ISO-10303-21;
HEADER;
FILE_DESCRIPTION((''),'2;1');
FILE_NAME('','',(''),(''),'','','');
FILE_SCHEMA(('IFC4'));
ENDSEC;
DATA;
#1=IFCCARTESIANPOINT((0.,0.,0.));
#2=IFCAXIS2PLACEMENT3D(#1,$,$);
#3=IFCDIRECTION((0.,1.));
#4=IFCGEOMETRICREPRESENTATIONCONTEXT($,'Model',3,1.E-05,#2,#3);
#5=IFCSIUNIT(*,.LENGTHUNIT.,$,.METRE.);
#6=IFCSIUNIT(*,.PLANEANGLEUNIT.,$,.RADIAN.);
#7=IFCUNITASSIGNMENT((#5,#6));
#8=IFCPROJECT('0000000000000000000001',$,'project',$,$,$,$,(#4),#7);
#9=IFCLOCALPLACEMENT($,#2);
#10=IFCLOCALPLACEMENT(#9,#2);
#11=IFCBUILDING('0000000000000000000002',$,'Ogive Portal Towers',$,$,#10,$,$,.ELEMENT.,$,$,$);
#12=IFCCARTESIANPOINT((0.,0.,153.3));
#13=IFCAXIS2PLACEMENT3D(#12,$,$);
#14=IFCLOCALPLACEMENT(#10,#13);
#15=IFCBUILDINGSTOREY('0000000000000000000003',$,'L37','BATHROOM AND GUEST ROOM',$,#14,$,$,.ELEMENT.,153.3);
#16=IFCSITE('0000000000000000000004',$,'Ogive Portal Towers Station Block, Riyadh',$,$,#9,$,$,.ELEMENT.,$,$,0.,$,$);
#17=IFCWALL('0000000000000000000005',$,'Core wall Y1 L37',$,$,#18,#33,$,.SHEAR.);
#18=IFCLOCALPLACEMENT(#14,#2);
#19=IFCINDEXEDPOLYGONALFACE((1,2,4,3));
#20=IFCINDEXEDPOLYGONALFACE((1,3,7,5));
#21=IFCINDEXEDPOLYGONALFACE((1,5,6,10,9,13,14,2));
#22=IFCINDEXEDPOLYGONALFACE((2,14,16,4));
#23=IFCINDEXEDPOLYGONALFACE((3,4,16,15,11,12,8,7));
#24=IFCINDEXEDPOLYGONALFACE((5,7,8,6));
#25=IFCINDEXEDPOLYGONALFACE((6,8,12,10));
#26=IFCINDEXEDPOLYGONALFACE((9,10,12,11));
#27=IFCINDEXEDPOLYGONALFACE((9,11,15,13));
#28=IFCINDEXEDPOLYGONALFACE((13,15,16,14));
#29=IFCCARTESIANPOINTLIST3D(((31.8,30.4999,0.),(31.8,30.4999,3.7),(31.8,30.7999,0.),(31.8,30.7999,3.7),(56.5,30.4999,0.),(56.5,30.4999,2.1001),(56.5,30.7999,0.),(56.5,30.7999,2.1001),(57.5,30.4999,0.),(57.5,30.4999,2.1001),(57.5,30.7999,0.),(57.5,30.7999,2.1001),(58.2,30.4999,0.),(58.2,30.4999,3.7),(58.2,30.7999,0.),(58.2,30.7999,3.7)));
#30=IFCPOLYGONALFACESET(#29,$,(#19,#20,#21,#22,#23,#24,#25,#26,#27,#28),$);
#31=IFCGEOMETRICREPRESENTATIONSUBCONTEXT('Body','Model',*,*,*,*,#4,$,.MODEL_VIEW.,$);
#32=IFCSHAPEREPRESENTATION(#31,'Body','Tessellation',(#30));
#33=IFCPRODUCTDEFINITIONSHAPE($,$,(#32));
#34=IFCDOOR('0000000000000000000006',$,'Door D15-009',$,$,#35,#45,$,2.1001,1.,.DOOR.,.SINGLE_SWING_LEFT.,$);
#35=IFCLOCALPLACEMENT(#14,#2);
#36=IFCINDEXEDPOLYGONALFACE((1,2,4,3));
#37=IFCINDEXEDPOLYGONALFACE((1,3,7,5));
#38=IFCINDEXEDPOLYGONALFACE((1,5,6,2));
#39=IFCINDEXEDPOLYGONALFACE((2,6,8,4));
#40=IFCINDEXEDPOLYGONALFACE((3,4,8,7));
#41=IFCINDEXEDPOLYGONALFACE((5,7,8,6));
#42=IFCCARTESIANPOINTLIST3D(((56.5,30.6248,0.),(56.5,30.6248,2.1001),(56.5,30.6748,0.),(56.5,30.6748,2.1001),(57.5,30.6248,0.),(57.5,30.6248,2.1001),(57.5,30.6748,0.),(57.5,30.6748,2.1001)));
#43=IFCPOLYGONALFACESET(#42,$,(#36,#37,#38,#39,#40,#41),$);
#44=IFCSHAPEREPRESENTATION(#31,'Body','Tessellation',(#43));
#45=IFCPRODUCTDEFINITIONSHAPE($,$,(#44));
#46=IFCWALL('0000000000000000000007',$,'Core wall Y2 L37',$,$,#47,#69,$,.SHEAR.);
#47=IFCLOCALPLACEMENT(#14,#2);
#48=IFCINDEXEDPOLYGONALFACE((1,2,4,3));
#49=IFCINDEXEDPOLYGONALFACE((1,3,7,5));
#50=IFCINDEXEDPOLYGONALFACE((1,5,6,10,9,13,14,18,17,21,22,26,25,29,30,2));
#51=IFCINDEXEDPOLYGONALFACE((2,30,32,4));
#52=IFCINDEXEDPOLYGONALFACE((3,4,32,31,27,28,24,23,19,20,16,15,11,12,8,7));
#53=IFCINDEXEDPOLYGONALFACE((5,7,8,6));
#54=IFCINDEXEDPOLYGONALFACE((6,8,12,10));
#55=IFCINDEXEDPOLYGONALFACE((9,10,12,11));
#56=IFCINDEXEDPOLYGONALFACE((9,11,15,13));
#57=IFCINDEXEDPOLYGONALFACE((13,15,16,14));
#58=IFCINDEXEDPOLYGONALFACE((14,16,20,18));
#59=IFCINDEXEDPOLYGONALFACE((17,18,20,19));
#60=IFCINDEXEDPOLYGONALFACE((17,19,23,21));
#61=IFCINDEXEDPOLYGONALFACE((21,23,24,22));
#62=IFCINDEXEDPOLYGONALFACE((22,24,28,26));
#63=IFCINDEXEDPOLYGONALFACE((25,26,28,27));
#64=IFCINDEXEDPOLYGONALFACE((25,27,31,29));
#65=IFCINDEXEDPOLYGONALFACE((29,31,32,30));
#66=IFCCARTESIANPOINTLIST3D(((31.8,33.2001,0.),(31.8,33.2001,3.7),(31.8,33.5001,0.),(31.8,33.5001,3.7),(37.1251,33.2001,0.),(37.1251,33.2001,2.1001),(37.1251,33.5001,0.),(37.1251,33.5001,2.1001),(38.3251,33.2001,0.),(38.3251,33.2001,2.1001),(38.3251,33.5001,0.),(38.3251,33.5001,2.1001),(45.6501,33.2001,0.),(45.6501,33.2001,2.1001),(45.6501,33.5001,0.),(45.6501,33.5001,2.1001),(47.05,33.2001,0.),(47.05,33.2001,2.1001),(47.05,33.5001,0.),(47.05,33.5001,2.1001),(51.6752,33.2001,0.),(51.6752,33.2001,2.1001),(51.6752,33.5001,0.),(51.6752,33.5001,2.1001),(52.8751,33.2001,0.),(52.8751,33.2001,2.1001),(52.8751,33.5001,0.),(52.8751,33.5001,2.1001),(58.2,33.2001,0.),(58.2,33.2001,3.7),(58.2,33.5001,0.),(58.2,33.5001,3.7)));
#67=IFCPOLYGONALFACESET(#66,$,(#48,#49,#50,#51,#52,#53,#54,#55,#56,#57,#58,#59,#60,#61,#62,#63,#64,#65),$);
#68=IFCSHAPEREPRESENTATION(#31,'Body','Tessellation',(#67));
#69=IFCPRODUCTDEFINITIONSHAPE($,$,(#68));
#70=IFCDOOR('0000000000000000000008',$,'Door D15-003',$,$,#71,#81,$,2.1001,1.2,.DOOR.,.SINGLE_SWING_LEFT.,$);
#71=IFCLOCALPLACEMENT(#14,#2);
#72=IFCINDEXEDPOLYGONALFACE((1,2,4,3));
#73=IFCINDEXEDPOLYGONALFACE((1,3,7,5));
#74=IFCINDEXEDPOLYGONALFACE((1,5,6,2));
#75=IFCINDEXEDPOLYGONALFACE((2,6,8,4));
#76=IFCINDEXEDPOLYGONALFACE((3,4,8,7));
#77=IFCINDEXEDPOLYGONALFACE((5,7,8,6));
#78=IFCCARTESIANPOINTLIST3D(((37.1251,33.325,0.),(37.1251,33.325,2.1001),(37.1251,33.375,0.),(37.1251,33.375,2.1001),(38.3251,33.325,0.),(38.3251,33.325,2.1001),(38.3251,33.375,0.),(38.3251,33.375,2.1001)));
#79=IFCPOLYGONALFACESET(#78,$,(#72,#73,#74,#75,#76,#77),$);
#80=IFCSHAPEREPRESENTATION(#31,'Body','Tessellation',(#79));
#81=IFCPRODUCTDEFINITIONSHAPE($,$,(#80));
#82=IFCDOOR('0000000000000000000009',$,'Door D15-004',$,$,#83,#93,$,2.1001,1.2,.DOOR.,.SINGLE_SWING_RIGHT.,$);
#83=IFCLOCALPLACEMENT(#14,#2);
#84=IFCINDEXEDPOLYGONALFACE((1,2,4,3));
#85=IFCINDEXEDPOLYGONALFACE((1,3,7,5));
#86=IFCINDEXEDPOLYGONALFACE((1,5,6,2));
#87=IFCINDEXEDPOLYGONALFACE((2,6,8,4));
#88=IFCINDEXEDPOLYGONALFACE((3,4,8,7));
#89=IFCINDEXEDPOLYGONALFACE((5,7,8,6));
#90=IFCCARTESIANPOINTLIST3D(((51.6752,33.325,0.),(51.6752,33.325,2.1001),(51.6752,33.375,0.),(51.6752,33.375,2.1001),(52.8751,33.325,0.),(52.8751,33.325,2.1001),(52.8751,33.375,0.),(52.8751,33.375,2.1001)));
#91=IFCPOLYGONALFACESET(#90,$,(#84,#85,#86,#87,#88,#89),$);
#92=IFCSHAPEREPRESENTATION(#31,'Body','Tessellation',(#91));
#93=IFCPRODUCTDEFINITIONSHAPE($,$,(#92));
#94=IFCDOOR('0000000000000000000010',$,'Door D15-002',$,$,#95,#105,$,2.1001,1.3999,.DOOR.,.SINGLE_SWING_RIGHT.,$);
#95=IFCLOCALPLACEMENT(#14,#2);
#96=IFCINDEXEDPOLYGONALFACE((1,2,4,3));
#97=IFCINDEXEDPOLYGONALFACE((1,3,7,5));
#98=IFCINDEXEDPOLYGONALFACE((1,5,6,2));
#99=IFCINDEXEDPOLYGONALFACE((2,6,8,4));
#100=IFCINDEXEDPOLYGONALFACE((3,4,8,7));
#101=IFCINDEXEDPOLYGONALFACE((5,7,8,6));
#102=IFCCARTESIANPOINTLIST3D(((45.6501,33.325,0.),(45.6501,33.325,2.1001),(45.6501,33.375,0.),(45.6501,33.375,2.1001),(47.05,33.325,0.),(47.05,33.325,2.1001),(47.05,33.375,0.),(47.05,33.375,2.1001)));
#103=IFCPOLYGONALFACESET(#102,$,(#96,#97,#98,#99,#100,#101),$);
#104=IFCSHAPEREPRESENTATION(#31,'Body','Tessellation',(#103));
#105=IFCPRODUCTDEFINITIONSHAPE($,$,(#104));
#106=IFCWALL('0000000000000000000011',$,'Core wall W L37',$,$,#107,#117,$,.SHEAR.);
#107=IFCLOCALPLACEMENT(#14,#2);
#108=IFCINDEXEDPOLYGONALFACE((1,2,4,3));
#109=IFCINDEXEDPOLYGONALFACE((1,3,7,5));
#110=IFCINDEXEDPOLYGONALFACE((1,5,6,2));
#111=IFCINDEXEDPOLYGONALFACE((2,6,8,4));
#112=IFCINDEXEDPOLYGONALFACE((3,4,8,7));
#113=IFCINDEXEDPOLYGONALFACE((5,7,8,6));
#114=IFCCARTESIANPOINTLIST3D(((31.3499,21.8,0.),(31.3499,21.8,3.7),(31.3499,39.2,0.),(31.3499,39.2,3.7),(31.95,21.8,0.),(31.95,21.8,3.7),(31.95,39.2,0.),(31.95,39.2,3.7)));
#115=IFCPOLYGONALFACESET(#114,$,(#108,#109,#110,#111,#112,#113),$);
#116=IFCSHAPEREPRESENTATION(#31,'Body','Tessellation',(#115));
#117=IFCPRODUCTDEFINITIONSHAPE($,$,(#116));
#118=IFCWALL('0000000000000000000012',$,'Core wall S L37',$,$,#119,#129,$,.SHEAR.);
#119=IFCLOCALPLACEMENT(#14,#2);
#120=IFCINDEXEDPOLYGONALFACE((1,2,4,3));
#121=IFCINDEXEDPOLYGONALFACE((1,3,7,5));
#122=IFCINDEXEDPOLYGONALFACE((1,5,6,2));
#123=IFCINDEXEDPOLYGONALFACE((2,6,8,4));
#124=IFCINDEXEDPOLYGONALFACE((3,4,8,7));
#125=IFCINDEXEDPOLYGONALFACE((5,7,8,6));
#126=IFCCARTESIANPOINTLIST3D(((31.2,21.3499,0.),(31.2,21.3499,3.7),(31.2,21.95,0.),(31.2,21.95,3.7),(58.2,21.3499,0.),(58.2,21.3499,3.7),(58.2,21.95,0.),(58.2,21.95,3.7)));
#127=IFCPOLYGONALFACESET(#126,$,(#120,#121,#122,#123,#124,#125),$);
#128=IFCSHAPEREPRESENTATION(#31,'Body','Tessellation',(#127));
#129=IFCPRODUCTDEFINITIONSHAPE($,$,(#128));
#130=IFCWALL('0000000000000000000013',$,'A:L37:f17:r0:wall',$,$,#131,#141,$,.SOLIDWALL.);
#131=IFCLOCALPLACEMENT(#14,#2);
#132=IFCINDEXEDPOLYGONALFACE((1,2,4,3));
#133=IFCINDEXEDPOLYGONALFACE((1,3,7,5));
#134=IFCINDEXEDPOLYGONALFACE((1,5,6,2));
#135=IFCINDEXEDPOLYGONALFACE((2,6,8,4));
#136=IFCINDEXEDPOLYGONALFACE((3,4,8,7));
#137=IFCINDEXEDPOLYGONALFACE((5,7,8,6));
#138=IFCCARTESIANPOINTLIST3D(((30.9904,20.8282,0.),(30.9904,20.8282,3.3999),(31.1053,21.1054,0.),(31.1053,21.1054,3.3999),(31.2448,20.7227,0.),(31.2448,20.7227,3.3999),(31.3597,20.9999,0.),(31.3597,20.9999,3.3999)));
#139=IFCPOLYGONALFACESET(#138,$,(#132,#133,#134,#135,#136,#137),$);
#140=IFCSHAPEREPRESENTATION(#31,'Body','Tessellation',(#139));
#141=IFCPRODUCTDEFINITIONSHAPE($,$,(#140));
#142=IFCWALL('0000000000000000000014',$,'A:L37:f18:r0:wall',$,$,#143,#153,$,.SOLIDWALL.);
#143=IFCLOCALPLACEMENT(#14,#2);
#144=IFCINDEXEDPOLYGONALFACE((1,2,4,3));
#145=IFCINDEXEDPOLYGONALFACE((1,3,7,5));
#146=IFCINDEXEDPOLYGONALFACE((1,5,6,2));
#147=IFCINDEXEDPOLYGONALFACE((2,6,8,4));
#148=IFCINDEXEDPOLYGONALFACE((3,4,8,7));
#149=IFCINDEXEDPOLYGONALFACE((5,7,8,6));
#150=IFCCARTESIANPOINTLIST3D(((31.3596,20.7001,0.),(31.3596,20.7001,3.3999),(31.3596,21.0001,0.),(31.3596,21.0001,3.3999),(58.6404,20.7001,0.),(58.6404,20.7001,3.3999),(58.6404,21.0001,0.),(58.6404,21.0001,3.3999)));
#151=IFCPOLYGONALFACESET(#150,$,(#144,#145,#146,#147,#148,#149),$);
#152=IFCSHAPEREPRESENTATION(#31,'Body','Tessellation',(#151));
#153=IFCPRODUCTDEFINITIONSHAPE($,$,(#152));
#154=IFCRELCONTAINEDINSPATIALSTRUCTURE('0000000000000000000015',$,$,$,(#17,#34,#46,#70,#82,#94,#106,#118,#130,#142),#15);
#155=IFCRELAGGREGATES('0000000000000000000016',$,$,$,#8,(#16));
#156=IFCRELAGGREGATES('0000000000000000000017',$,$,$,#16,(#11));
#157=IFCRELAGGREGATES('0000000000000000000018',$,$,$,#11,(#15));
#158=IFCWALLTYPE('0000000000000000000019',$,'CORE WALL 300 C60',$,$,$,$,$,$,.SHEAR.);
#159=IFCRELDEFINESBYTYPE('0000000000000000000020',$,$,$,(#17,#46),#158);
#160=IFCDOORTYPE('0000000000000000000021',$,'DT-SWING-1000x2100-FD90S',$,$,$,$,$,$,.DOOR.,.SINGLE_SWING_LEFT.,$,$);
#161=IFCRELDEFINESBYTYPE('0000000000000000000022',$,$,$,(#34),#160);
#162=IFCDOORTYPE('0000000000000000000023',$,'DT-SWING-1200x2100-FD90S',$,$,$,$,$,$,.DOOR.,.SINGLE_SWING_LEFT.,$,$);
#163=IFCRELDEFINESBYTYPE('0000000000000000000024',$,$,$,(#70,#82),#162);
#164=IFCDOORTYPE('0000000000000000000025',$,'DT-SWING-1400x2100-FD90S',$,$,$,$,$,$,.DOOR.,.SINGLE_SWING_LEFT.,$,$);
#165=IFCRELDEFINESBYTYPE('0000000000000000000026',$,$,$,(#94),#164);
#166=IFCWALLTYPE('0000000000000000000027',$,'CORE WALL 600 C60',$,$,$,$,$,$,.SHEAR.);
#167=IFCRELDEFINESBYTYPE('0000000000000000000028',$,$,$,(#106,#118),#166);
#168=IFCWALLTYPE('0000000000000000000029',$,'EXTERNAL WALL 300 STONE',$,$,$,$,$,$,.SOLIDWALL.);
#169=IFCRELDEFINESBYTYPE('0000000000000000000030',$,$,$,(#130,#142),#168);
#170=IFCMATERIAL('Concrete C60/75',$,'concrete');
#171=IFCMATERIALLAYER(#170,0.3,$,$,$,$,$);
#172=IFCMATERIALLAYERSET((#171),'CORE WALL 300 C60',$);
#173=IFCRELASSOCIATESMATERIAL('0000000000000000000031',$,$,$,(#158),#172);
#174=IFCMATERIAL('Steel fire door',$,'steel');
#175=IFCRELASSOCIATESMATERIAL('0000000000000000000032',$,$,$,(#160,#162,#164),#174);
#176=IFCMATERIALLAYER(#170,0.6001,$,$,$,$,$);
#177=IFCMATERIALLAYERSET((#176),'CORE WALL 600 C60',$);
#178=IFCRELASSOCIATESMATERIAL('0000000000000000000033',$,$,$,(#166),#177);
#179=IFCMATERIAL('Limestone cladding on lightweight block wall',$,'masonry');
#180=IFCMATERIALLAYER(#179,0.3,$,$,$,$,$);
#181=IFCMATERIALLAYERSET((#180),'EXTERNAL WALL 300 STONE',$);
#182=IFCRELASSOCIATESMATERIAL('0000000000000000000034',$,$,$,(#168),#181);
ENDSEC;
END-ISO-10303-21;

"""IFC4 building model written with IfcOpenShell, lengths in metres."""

from ifc_helpers import new_model, si_unit, direction, frame, frame_2d, origin, place, context, subcontext, project, spatial, rectangle, extrude, material, layer, layer_set, type_object, element, fill, save


model = new_model("IFC4")

# Units and contexts
model_context = context("Model", 3, precision=1e-05, world=origin(), true_north=direction((0.0, 1.0)))
body_context = subcontext(model_context, "Body", "Model", "MODEL_VIEW")
ifc_project = project(units=[si_unit("LENGTHUNIT", "METRE"), si_unit("PLANEANGLEUNIT", "RADIAN")], contexts=[model_context])

# Site, building, storey
site_placement = place(None, origin())
site = spatial("IfcSite", under=ifc_project, at=site_placement, Name="Ogive Portal Towers Station Block, Riyadh", CompositionType="ELEMENT", RefElevation=0.0)
building_placement = place(site_placement, origin())
building = spatial("IfcBuilding", under=site, at=building_placement, Name="Ogive Portal Towers", CompositionType="ELEMENT")
storey_placement = place(building_placement, frame((0.0, 0.0, 153.3)))
storey = spatial("IfcBuildingStorey", under=building, at=storey_placement, Name="L37", Description="BATHROOM AND GUEST ROOM", CompositionType="ELEMENT", Elevation=153.3)

# Wall, opening, door
ifc_material_1 = material(Name="Concrete C60/75", Category="concrete")
ifc_layer_1 = layer(ifc_material_1, 0.3)
ifc_layer_set_1 = layer_set([ifc_layer_1], Name="CORE WALL 300 C60")
wall_type_1 = type_object("IfcWallType", Name="CORE WALL 300 C60", PredefinedType="SHEAR", material=ifc_layer_set_1)
wall_1_placement = place(storey_placement, frame((31.8, 30.6499, 0.0), z_axis=(0.0, 0.0, 1.0), x_axis=(1.0, 0.0, 0.0)))
wall_1 = element("IfcWall", 1, at=wall_1_placement, inside=storey, type_object=wall_type_1, Name="Core wall Y1 L37", PredefinedType="SHEAR", context=body_context, shape_type="SweptSolid", body=[
    extrude(rectangle(XDim=26.3999, YDim=0.3, at=frame_2d((13.2, 0.0))), origin(), (0.0, 0.0, 1.0), 3.7),
])
opening_1_placement = place(wall_1_placement, frame((24.7, 0.0, 0.0)))
opening_1 = element("IfcOpeningElement", 2, at=opening_1_placement, cuts=wall_1, PredefinedType="OPENING", context=body_context, shape_type="SweptSolid", body=[
    extrude(rectangle(XDim=1.0, YDim=2.1001, at=frame_2d((0.5, 1.05))), frame((0.0, 0.1602, 0.0), z_axis=(0.0, -1.0, 0.0), x_axis=(1.0, 0.0, 0.0)), (0.0, 0.0, 1.0), 0.3201),
])
ifc_material_2 = material(Name="Steel fire door", Category="steel")
door_type_1 = type_object("IfcDoorType", Name="DT-SWING-1000x2100-FD90S", OperationType="SINGLE_SWING_LEFT", PredefinedType="DOOR", material=ifc_material_2)
door_1_placement = place(opening_1_placement, origin())
door_1 = element("IfcDoor", 3, at=door_1_placement, inside=storey, type_object=door_type_1, Name="Door D15-009", OperationType="SINGLE_SWING_LEFT", OverallHeight=2.1001, OverallWidth=1.0, PredefinedType="DOOR", context=body_context, shape_type="SweptSolid", body=[
    extrude(rectangle(XDim=1.0, YDim=2.1001, at=frame_2d((0.5, 1.05))), frame((0.0, 0.0249, 0.0), z_axis=(0.0, -1.0, 0.0), x_axis=(1.0, 0.0, 0.0)), (0.0, 0.0, 1.0), 0.05),
])
fill(opening_1, door_1)

# Wall, openings, doors
wall_2_placement = place(storey_placement, frame((31.8, 33.3501, 0.0), z_axis=(0.0, 0.0, 1.0), x_axis=(1.0, 0.0, 0.0)))
wall_2 = element("IfcWall", 4, at=wall_2_placement, inside=storey, type_object=wall_type_1, Name="Core wall Y2 L37", PredefinedType="SHEAR", context=body_context, shape_type="SweptSolid", body=[
    extrude(rectangle(XDim=26.3999, YDim=0.3, at=frame_2d((13.2, 0.0))), origin(), (0.0, 0.0, 1.0), 3.7),
])
opening_2_placement = place(wall_2_placement, frame((13.8501, 0.0, 0.0)))
opening_2 = element("IfcOpeningElement", 5, at=opening_2_placement, cuts=wall_2, PredefinedType="OPENING", context=body_context, shape_type="SweptSolid", body=[
    extrude(rectangle(XDim=1.3999, YDim=2.1001, at=frame_2d((0.7, 1.05))), frame((0.0, 0.1602, 0.0), z_axis=(0.0, -1.0, 0.0), x_axis=(1.0, 0.0, 0.0)), (0.0, 0.0, 1.0), 0.3201),
])
opening_3_placement = place(wall_2_placement, frame((5.325, 0.0, 0.0)))
opening_3 = element("IfcOpeningElement", 6, at=opening_3_placement, cuts=wall_2, PredefinedType="OPENING", context=body_context, shape_type="SweptSolid", body=[
    extrude(rectangle(XDim=1.2, YDim=2.1001, at=frame_2d((0.6001, 1.05))), frame((0.0, 0.1602, 0.0), z_axis=(0.0, -1.0, 0.0), x_axis=(1.0, 0.0, 0.0)), (0.0, 0.0, 1.0), 0.3201),
])
opening_4_placement = place(wall_2_placement, frame((19.875, 0.0, 0.0)))
opening_4 = element("IfcOpeningElement", 7, at=opening_4_placement, cuts=wall_2, PredefinedType="OPENING", context=body_context, shape_type="SweptSolid", body=[
    extrude(rectangle(XDim=1.2, YDim=2.1001, at=frame_2d((0.6001, 1.05))), frame((0.0, 0.1602, 0.0), z_axis=(0.0, -1.0, 0.0), x_axis=(1.0, 0.0, 0.0)), (0.0, 0.0, 1.0), 0.3201),
])
door_type_2 = type_object("IfcDoorType", Name="DT-SWING-1200x2100-FD90S", OperationType="SINGLE_SWING_LEFT", PredefinedType="DOOR", material=ifc_material_2)
door_2_placement = place(opening_3_placement, origin())
door_2 = element("IfcDoor", 8, at=door_2_placement, inside=storey, type_object=door_type_2, Name="Door D15-003", OperationType="SINGLE_SWING_LEFT", OverallHeight=2.1001, OverallWidth=1.2, PredefinedType="DOOR", context=body_context, shape_type="SweptSolid", body=[
    extrude(rectangle(XDim=1.2, YDim=2.1001, at=frame_2d((0.6001, 1.05))), frame((0.0, 0.0249, 0.0), z_axis=(0.0, -1.0, 0.0), x_axis=(1.0, 0.0, 0.0)), (0.0, 0.0, 1.0), 0.05),
])
fill(opening_3, door_2)
door_3_placement = place(opening_4_placement, origin())
door_3 = element("IfcDoor", 9, at=door_3_placement, inside=storey, type_object=door_type_2, Name="Door D15-004", OperationType="SINGLE_SWING_RIGHT", OverallHeight=2.1001, OverallWidth=1.2, PredefinedType="DOOR", context=body_context, shape_type="SweptSolid", body=[
    extrude(rectangle(XDim=1.2, YDim=2.1001, at=frame_2d((0.6001, 1.05))), frame((0.0, 0.0249, 0.0), z_axis=(0.0, -1.0, 0.0), x_axis=(1.0, 0.0, 0.0)), (0.0, 0.0, 1.0), 0.05),
])
fill(opening_4, door_3)
door_type_3 = type_object("IfcDoorType", Name="DT-SWING-1400x2100-FD90S", OperationType="SINGLE_SWING_LEFT", PredefinedType="DOOR", material=ifc_material_2)
door_4_placement = place(opening_2_placement, origin())
door_4 = element("IfcDoor", 10, at=door_4_placement, inside=storey, type_object=door_type_3, Name="Door D15-002", OperationType="SINGLE_SWING_RIGHT", OverallHeight=2.1001, OverallWidth=1.3999, PredefinedType="DOOR", context=body_context, shape_type="SweptSolid", body=[
    extrude(rectangle(XDim=1.3999, YDim=2.1001, at=frame_2d((0.7, 1.05))), frame((0.0, 0.0249, 0.0), z_axis=(0.0, -1.0, 0.0), x_axis=(1.0, 0.0, 0.0)), (0.0, 0.0, 1.0), 0.05),
])
fill(opening_2, door_4)

# Walls
ifc_layer_2 = layer(ifc_material_1, 0.6001)
ifc_layer_set_2 = layer_set([ifc_layer_2], Name="CORE WALL 600 C60")
wall_type_2 = type_object("IfcWallType", Name="CORE WALL 600 C60", PredefinedType="SHEAR", material=ifc_layer_set_2)
wall_3_placement = place(storey_placement, frame((31.6499, 21.8, 0.0), z_axis=(0.0, 0.0, 1.0), x_axis=(0.0, 1.0, 0.0)))
element("IfcWall", 11, at=wall_3_placement, inside=storey, type_object=wall_type_2, Name="Core wall W L37", PredefinedType="SHEAR", context=body_context, shape_type="SweptSolid", body=[
    extrude(rectangle(XDim=17.3999, YDim=0.6001, at=frame_2d((8.7, 0.0))), origin(), (0.0, 0.0, 1.0), 3.7),
])
wall_4_placement = place(storey_placement, frame((31.2, 21.6499, 0.0), z_axis=(0.0, 0.0, 1.0), x_axis=(1.0, 0.0, 0.0)))
element("IfcWall", 12, at=wall_4_placement, inside=storey, type_object=wall_type_2, Name="Core wall S L37", PredefinedType="SHEAR", context=body_context, shape_type="SweptSolid", body=[
    extrude(rectangle(XDim=27.0, YDim=0.6001, at=frame_2d((13.5, 0.0))), origin(), (0.0, 0.0, 1.0), 3.7),
])
ifc_material_3 = material(Name="Limestone cladding on lightweight block wall", Category="masonry")
ifc_layer_3 = layer(ifc_material_3, 0.3)
ifc_layer_set_3 = layer_set([ifc_layer_3], Name="EXTERNAL WALL 300 STONE")
wall_type_3 = type_object("IfcWallType", Name="EXTERNAL WALL 300 STONE", PredefinedType="SOLIDWALL", material=ifc_layer_set_3)
wall_5_placement = place(storey_placement, frame((31.0479, 20.9668, 0.0), z_axis=(0.0, 0.0, 1.0), x_axis=(0.923757, -0.382978, 0.0)))
element("IfcWall", 13, at=wall_5_placement, inside=storey, type_object=wall_type_3, Name="A:L37:f17:r0:wall", PredefinedType="SOLIDWALL", context=body_context, shape_type="SweptSolid", body=[
    extrude(rectangle(XDim=0.2754, YDim=0.3, at=frame_2d((0.1377, 0.0))), origin(), (0.0, 0.0, 1.0), 3.3999),
])
wall_6_placement = place(storey_placement, frame((31.3596, 20.8501, 0.0), z_axis=(0.0, 0.0, 1.0), x_axis=(1.0, 0.0, 0.0)))
element("IfcWall", 14, at=wall_6_placement, inside=storey, type_object=wall_type_3, Name="A:L37:f18:r0:wall", PredefinedType="SOLIDWALL", context=body_context, shape_type="SweptSolid", body=[
    extrude(rectangle(XDim=27.2808, YDim=0.3, at=frame_2d((13.6404, 0.0))), origin(), (0.0, 0.0, 1.0), 3.3999),
])

save(model, "model.ifc")
